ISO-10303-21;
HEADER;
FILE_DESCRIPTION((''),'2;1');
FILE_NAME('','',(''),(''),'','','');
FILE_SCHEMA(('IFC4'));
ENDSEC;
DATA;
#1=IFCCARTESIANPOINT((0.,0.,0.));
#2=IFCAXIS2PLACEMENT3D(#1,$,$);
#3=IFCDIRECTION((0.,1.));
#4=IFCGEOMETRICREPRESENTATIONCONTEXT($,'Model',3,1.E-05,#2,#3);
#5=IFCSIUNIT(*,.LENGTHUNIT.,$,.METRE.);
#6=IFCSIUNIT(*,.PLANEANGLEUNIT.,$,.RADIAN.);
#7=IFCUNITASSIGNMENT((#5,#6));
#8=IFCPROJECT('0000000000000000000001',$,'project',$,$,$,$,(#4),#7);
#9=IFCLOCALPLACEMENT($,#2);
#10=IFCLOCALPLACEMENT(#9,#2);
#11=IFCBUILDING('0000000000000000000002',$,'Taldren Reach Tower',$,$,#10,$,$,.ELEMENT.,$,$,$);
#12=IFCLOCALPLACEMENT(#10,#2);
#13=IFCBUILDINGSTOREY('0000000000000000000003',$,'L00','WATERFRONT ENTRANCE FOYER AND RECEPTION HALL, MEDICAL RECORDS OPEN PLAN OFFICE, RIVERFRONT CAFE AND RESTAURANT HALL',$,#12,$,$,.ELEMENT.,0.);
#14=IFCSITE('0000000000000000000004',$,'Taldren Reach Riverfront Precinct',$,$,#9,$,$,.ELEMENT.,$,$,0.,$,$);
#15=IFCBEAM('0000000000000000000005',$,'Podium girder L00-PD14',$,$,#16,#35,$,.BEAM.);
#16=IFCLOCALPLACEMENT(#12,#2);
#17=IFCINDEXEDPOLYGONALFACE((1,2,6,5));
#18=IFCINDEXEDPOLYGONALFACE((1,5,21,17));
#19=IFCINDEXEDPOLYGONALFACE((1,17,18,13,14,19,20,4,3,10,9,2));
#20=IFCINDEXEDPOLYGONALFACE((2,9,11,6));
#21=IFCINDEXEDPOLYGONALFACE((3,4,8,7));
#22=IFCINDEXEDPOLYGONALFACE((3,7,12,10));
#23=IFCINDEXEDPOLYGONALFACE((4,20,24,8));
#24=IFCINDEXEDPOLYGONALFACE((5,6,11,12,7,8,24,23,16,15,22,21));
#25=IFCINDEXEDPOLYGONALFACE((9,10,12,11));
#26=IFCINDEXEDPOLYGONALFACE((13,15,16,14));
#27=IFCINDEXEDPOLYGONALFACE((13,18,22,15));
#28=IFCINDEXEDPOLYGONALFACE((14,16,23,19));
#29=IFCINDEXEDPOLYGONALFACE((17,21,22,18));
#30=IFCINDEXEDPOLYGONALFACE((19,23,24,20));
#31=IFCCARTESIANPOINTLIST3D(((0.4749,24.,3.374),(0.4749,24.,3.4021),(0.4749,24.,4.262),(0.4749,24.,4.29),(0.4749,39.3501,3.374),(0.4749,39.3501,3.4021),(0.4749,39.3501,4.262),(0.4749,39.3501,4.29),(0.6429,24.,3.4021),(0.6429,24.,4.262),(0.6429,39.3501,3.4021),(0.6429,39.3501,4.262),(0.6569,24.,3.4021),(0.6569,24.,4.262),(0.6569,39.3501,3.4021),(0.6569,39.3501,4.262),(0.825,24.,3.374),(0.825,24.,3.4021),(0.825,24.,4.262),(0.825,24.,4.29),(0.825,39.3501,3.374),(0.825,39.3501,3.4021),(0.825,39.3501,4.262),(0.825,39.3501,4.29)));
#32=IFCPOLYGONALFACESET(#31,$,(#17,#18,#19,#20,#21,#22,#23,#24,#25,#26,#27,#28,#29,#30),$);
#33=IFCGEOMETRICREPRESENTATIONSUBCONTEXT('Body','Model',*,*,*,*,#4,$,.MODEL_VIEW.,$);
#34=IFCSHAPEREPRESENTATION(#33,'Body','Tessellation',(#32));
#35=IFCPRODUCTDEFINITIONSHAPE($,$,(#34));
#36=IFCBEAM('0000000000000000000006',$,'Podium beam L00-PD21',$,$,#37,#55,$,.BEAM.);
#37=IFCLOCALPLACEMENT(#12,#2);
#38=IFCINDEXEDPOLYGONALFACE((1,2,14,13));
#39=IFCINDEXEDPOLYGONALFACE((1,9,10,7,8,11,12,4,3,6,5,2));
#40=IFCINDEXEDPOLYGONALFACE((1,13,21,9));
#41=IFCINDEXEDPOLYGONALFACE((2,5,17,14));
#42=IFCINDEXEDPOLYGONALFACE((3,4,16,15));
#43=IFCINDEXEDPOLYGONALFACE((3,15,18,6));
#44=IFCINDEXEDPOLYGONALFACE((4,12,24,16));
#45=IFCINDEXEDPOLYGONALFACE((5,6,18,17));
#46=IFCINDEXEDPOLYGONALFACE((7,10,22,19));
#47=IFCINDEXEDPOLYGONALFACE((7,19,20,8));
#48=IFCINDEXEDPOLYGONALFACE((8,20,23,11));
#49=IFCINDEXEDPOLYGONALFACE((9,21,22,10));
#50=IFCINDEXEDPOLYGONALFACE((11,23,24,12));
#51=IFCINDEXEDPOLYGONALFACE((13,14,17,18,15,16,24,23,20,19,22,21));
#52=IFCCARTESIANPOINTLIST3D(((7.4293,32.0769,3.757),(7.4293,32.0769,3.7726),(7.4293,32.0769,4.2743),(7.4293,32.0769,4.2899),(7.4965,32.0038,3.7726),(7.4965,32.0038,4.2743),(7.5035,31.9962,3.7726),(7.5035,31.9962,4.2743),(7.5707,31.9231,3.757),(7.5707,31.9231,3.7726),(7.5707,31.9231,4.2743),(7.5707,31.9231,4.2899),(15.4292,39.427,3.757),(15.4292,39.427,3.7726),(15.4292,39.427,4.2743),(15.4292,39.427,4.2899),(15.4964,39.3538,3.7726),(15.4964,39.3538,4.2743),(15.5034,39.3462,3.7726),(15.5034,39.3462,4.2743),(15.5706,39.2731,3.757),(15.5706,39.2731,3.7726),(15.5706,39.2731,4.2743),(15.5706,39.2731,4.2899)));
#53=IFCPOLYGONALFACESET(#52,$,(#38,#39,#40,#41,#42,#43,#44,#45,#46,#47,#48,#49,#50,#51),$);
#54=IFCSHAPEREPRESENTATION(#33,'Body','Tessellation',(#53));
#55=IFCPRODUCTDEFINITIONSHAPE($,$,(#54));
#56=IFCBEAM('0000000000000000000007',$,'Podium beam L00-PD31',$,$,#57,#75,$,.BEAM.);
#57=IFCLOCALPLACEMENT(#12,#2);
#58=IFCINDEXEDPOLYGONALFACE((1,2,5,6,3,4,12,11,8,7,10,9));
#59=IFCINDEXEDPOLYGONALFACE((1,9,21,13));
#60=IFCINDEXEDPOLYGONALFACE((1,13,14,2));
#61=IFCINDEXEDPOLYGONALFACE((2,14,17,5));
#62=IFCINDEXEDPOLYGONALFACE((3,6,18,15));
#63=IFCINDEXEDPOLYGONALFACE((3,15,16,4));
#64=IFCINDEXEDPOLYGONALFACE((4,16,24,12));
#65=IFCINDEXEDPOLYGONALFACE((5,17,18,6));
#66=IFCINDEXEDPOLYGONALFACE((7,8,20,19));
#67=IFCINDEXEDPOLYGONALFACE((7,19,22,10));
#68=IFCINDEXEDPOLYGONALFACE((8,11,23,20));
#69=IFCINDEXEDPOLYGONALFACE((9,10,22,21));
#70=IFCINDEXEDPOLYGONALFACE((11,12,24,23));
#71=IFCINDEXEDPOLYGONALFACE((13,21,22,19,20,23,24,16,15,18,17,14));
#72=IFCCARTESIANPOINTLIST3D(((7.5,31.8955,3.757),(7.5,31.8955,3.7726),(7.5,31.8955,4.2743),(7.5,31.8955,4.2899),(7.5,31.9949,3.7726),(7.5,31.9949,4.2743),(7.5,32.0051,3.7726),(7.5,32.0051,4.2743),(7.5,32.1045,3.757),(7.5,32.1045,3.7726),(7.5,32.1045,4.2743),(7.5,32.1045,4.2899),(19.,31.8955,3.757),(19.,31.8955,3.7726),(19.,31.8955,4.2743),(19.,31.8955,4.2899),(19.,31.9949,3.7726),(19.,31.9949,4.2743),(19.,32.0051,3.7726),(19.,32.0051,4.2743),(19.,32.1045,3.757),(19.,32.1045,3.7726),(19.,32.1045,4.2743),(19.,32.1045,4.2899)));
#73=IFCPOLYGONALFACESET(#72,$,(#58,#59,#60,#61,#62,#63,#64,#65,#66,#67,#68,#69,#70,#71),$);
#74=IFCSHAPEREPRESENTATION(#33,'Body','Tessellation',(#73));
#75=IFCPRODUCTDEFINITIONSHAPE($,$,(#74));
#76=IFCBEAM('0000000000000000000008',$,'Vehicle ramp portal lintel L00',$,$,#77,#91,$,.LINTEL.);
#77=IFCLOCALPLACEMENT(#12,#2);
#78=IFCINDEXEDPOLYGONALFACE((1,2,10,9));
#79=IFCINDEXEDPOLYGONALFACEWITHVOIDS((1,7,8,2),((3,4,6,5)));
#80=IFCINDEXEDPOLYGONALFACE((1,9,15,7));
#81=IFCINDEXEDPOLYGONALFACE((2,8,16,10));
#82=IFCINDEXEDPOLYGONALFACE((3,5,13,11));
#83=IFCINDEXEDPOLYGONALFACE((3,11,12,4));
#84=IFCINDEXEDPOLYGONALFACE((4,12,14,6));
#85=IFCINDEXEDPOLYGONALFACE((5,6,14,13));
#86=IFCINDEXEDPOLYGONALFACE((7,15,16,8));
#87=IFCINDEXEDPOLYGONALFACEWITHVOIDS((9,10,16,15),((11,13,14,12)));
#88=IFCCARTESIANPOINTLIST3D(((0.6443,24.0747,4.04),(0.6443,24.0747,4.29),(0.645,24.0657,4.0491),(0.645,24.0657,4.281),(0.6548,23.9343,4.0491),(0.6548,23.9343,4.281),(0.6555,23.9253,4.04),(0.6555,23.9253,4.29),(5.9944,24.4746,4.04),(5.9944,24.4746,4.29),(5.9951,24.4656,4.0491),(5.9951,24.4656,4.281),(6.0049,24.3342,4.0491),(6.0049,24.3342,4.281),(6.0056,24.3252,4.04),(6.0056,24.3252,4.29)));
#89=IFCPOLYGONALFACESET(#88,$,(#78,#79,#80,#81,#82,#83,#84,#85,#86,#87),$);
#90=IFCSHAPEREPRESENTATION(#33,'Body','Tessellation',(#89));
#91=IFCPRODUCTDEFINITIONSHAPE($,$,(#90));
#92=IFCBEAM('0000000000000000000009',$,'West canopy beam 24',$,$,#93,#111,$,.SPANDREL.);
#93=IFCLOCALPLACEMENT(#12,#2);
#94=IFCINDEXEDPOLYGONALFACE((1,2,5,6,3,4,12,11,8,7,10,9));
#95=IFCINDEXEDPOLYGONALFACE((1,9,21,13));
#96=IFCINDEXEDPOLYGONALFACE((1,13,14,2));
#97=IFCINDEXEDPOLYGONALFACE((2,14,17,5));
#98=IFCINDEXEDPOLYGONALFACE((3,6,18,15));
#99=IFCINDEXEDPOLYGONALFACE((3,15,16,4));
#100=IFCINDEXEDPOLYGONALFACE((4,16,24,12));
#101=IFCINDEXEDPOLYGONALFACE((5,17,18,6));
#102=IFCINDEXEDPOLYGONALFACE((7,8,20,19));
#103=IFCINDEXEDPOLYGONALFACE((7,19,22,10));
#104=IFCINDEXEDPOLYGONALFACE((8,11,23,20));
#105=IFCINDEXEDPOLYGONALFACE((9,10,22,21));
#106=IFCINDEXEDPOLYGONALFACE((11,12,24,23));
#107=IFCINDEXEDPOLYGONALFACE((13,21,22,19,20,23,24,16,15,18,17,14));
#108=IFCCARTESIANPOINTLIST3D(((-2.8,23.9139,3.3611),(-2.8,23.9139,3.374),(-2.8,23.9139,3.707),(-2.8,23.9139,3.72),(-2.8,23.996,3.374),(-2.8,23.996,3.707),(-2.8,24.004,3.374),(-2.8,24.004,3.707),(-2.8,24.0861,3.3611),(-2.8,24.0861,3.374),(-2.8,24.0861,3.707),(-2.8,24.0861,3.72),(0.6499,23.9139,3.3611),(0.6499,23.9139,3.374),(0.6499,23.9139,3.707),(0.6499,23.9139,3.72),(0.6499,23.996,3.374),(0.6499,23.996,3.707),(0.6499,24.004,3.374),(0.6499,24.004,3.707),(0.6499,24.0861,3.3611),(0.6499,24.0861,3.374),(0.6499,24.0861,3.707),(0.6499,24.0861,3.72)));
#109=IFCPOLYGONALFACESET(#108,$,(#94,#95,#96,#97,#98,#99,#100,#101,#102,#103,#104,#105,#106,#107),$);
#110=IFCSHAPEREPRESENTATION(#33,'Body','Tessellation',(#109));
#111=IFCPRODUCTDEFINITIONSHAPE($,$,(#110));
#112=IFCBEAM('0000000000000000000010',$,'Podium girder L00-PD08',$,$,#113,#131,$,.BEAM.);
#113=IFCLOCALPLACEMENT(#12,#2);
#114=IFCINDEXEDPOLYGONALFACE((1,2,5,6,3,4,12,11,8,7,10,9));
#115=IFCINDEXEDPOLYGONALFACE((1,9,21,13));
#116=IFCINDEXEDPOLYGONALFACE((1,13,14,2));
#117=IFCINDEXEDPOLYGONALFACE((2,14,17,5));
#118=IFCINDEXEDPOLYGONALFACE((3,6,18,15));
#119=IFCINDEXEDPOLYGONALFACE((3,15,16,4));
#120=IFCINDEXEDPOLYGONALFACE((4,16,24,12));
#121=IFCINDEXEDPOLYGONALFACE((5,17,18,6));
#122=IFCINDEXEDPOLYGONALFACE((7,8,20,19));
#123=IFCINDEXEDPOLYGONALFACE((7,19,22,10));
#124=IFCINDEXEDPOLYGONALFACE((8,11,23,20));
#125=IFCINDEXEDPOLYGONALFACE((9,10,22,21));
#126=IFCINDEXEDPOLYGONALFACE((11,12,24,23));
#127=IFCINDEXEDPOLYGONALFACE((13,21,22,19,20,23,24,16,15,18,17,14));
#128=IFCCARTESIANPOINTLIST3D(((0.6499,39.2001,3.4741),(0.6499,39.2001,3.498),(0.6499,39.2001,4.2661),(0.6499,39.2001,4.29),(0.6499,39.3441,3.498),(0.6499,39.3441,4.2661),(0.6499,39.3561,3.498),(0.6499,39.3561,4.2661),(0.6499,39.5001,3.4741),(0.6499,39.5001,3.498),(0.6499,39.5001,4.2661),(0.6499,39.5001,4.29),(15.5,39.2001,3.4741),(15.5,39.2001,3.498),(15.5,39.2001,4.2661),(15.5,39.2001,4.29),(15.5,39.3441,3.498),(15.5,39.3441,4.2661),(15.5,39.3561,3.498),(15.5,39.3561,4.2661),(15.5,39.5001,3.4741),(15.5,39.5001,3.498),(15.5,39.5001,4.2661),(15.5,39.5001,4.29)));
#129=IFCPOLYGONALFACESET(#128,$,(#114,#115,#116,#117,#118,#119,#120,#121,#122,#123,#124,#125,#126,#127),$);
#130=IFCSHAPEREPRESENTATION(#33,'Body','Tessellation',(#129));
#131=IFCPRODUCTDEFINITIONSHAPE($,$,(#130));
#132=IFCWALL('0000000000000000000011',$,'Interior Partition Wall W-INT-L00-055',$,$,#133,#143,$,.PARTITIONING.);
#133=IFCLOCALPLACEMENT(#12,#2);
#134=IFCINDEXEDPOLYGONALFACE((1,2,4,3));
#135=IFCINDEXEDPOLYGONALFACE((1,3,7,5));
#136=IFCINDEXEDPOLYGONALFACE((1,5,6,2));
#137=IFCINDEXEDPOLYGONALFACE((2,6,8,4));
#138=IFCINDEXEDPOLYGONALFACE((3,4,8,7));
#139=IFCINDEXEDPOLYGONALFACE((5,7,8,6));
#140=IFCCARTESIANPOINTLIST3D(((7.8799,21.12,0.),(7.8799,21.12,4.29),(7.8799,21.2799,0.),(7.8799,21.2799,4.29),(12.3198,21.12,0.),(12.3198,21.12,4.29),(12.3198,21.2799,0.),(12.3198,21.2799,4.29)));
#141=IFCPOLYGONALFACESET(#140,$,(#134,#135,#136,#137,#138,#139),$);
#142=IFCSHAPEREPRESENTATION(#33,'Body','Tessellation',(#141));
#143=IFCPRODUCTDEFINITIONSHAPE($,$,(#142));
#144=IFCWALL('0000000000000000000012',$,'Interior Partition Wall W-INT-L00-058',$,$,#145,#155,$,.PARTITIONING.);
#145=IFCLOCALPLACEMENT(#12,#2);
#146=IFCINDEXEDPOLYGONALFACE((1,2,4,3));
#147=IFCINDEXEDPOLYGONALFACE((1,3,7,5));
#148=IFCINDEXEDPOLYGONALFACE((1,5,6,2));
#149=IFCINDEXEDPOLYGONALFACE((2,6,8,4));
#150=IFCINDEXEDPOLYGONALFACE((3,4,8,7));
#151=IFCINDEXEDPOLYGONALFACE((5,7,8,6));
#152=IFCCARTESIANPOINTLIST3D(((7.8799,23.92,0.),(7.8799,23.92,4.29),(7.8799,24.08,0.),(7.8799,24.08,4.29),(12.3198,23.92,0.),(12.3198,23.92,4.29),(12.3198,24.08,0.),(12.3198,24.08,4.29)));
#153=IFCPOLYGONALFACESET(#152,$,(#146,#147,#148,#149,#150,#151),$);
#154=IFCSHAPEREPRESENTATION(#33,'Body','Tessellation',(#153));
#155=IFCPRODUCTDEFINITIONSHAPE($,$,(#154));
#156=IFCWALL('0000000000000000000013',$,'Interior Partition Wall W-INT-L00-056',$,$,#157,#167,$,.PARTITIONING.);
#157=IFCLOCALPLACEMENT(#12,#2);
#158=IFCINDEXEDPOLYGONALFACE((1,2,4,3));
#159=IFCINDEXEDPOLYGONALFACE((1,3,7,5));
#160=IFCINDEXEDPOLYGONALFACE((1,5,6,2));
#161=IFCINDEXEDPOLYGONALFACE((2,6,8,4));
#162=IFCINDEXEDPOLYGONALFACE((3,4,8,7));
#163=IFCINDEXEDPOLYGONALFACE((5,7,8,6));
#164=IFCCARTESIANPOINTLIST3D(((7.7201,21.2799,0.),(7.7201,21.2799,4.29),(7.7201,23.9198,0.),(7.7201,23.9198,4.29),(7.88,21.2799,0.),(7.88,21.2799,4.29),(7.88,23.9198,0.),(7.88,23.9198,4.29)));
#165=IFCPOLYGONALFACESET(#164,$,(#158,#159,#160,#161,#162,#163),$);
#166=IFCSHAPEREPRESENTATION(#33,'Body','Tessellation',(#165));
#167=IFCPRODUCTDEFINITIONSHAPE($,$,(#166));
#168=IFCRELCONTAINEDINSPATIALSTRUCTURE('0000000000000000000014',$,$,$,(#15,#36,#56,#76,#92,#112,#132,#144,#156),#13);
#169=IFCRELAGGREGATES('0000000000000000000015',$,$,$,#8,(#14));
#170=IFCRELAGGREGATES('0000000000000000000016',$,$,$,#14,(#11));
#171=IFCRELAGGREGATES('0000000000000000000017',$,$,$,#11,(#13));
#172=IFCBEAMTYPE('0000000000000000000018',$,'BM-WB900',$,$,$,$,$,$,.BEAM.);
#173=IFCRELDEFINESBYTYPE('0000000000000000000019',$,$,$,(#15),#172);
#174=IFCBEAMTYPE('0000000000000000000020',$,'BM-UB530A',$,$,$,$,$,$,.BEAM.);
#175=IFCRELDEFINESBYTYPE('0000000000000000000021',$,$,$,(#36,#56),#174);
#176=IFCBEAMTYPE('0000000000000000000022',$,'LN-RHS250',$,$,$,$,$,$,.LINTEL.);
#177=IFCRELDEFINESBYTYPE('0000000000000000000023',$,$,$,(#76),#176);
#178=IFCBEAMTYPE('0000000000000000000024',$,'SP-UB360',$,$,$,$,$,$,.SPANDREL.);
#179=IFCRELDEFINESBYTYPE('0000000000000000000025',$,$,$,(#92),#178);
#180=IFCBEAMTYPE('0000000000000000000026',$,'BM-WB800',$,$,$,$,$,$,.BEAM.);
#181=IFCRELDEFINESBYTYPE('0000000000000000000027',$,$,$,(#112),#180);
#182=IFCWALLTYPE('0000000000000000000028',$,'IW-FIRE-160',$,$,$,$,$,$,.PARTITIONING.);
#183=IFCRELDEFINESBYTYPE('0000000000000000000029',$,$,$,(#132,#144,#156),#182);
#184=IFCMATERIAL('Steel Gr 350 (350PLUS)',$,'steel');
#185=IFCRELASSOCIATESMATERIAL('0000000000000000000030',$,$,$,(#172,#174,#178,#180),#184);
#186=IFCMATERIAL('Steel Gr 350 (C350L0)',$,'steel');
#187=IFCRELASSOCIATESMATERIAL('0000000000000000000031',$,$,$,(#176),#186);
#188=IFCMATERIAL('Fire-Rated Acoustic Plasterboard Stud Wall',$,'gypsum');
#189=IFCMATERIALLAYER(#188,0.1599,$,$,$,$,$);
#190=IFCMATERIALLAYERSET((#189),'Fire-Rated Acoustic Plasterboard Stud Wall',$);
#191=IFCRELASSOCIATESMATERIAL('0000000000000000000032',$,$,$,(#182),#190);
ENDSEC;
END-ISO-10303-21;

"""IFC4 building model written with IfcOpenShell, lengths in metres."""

from ifc_helpers import new_model, si_unit, direction, frame, frame_2d, origin, origin_2d, place, context, subcontext, project, spatial, rectangle, hollow_rectangle, i_section, extrude, source, transform, mapped, material, layer, layer_set, material_profile, profile_set, type_object, element, save


model = new_model("IFC4")

# Units and contexts
model_context = context("Model", 3, precision=1e-05, world=origin(), true_north=direction((0.0, 1.0)))
body_context = subcontext(model_context, "Body", "Model", "MODEL_VIEW")
ifc_project = project(units=[si_unit("LENGTHUNIT", "METRE"), si_unit("PLANEANGLEUNIT", "RADIAN")], contexts=[model_context])

# Site, building, storey
site_placement = place(None, origin())
site = spatial("IfcSite", under=ifc_project, at=site_placement, Name="Taldren Reach Riverfront Precinct", CompositionType="ELEMENT", RefElevation=0.0)
building_placement = place(site_placement, origin())
building = spatial("IfcBuilding", under=site, at=building_placement, Name="Taldren Reach Tower", CompositionType="ELEMENT")
storey_placement = place(building_placement, origin())
storey = spatial("IfcBuildingStorey", under=building, at=storey_placement, Name="L00", Description="WATERFRONT ENTRANCE FOYER AND RECEPTION HALL, MEDICAL RECORDS OPEN PLAN OFFICE, RIVERFRONT CAFE AND RESTAURANT HALL", CompositionType="ELEMENT", Elevation=0.0)

# Shared definitions
ifc_material_1 = material(Name="Steel Gr 350 (350PLUS)", Category="steel")

# Beams
ifc_material_profile_1 = material_profile(ifc_material_1, i_section(OverallWidth=0.3501, OverallDepth=0.916, WebThickness=0.0139, FlangeThickness=0.0281, at=origin_2d()), Name="900WB257")
ifc_profile_set_1 = profile_set([ifc_material_profile_1], Name="Steel Gr 350 (350PLUS)")
beam_type_1 = type_object("IfcBeamType", Name="BM-WB900", PredefinedType="BEAM", material=ifc_profile_set_1)
shared_shape_1 = source(origin(), body_context, "Body", "SweptSolid", [
    extrude(i_section(OverallWidth=0.3501, OverallDepth=0.916, WebThickness=0.0139, FlangeThickness=0.0281, at=origin_2d()), origin(), (0.0, 0.0, 1.0), 15.3501),
])
beam_1_placement = place(storey_placement, frame((0.6499, 24.0, 3.832), z_axis=(0.0, 1.0, 0.0), x_axis=(-1.0, 0.0, 0.0)))
element("IfcBeam", 1, at=beam_1_placement, inside=storey, type_object=beam_type_1, Name="Podium girder L00-PD14", PredefinedType="BEAM", context=body_context, shape_type="MappedRepresentation", body=[
    mapped(shared_shape_1, transform((0.0, 0.0, 0.0), scale=1.0)),
])
ifc_material_profile_2 = material_profile(ifc_material_1, i_section(OverallWidth=0.209, OverallDepth=0.533, WebThickness=0.0103, FlangeThickness=0.0156, at=origin_2d()), Name="530UB92.4")
ifc_profile_set_2 = profile_set([ifc_material_profile_2], Name="Steel Gr 350 (350PLUS)")
beam_type_2 = type_object("IfcBeamType", Name="BM-UB530A", PredefinedType="BEAM", material=ifc_profile_set_2)
shared_shape_2 = source(origin(), body_context, "Body", "SweptSolid", [
    extrude(i_section(OverallWidth=0.209, OverallDepth=0.533, WebThickness=0.0103, FlangeThickness=0.0156, at=origin_2d()), origin(), (0.0, 0.0, 1.0), 10.8638),
])
beam_2_placement = place(storey_placement, frame((7.5, 32.0, 4.0234), z_axis=(0.736385, 0.676563, 0.0), x_axis=(-0.676563, 0.736385, 0.0)))
element("IfcBeam", 2, at=beam_2_placement, inside=storey, type_object=beam_type_2, Name="Podium beam L00-PD21", PredefinedType="BEAM", context=body_context, shape_type="MappedRepresentation", body=[
    mapped(shared_shape_2, transform((0.0, 0.0, 0.0), scale=1.0)),
])
shared_shape_3 = source(origin(), body_context, "Body", "SweptSolid", [
    extrude(i_section(OverallWidth=0.209, OverallDepth=0.533, WebThickness=0.0103, FlangeThickness=0.0156, at=origin_2d()), origin(), (0.0, 0.0, 1.0), 11.5),
])
beam_3_placement = place(storey_placement, frame((7.5, 32.0, 4.0234), z_axis=(1.0, 0.0, 0.0), x_axis=(0.0, 1.0, 0.0)))
element("IfcBeam", 3, at=beam_3_placement, inside=storey, type_object=beam_type_2, Name="Podium beam L00-PD31", PredefinedType="BEAM", context=body_context, shape_type="MappedRepresentation", body=[
    mapped(shared_shape_3, transform((0.0, 0.0, 0.0), scale=1.0)),
])
ifc_material_2 = material(Name="Steel Gr 350 (C350L0)", Category="steel")
ifc_material_profile_3 = material_profile(ifc_material_2, hollow_rectangle(XDim=0.1499, YDim=0.25, WallThickness=0.009, at=origin_2d()), Name="250x150x9.0RHS")
ifc_profile_set_3 = profile_set([ifc_material_profile_3], Name="Steel Gr 350 (C350L0)")
beam_type_3 = type_object("IfcBeamType", Name="LN-RHS250", PredefinedType="LINTEL", material=ifc_profile_set_3)
shared_shape_4 = source(origin(), body_context, "Body", "SweptSolid", [
    extrude(hollow_rectangle(XDim=0.1499, YDim=0.25, WallThickness=0.009, at=origin_2d()), origin(), (0.0, 0.0, 1.0), 5.365),
])
beam_4_placement = place(storey_placement, frame((0.6499, 24.0, 4.165), z_axis=(0.997218, 0.074539, 0.0), x_axis=(-0.074539, 0.997218, 0.0)))
element("IfcBeam", 4, at=beam_4_placement, inside=storey, type_object=beam_type_3, Name="Vehicle ramp portal lintel L00", PredefinedType="LINTEL", context=body_context, shape_type="MappedRepresentation", body=[
    mapped(shared_shape_4, transform((0.0, 0.0, 0.0), scale=1.0)),
])
ifc_material_profile_4 = material_profile(ifc_material_1, i_section(OverallWidth=0.1721, OverallDepth=0.3589, WebThickness=0.0081, FlangeThickness=0.0129, at=origin_2d()), Name="360UB56.7")
ifc_profile_set_4 = profile_set([ifc_material_profile_4], Name="Steel Gr 350 (350PLUS)")
beam_type_4 = type_object("IfcBeamType", Name="SP-UB360", PredefinedType="SPANDREL", material=ifc_profile_set_4)
shared_shape_5 = source(origin(), body_context, "Body", "SweptSolid", [
    extrude(i_section(OverallWidth=0.1721, OverallDepth=0.3589, WebThickness=0.0081, FlangeThickness=0.0129, at=origin_2d()), origin(), (0.0, 0.0, 1.0), 3.45),
])
beam_5_placement = place(storey_placement, frame((0.6499, 24.0, 3.5405), z_axis=(-1.0, 0.0, 0.0), x_axis=(0.0, -1.0, 0.0)))
element("IfcBeam", 5, at=beam_5_placement, inside=storey, type_object=beam_type_4, Name="West canopy beam 24", PredefinedType="SPANDREL", context=body_context, shape_type="MappedRepresentation", body=[
    mapped(shared_shape_5, transform((0.0, 0.0, 0.0), scale=1.0)),
])
ifc_material_profile_5 = material_profile(ifc_material_1, i_section(OverallWidth=0.3, OverallDepth=0.8159, WebThickness=0.012, FlangeThickness=0.0239, at=origin_2d()), Name="800WB192")
ifc_profile_set_5 = profile_set([ifc_material_profile_5], Name="Steel Gr 350 (350PLUS)")
beam_type_5 = type_object("IfcBeamType", Name="BM-WB800", PredefinedType="BEAM", material=ifc_profile_set_5)
shared_shape_6 = source(origin(), body_context, "Body", "SweptSolid", [
    extrude(i_section(OverallWidth=0.3, OverallDepth=0.8159, WebThickness=0.012, FlangeThickness=0.0239, at=origin_2d()), origin(), (0.0, 0.0, 1.0), 14.8501),
])
beam_6_placement = place(storey_placement, frame((0.6499, 39.3501, 3.8821), z_axis=(1.0, 0.0, 0.0), x_axis=(0.0, 1.0, 0.0)))
element("IfcBeam", 6, at=beam_6_placement, inside=storey, type_object=beam_type_5, Name="Podium girder L00-PD08", PredefinedType="BEAM", context=body_context, shape_type="MappedRepresentation", body=[
    mapped(shared_shape_6, transform((0.0, 0.0, 0.0), scale=1.0)),
])

# Walls
ifc_material_3 = material(Name="Fire-Rated Acoustic Plasterboard Stud Wall", Category="gypsum")
ifc_layer_1 = layer(ifc_material_3, 0.1599)
ifc_layer_set_1 = layer_set([ifc_layer_1], Name="Fire-Rated Acoustic Plasterboard Stud Wall")
wall_type_1 = type_object("IfcWallType", Name="IW-FIRE-160", PredefinedType="PARTITIONING", material=ifc_layer_set_1)
shared_shape_7 = source(origin(), body_context, "Body", "SweptSolid", [
    extrude(rectangle(XDim=4.4399, YDim=0.1599, at=frame_2d((2.22, 0.0))), origin(), (0.0, 0.0, 1.0), 4.29),
])
for number, where, z_axis, x_axis, name in (
    (7, (12.3198, 21.2, 0.0), (0.0, 0.0, 1.0), (-1.0, 0.0, 0.0), "Interior Partition Wall W-INT-L00-055"),
    (8, (7.8799, 24.0, 0.0), (0.0, 0.0, 1.0), (1.0, 0.0, 0.0), "Interior Partition Wall W-INT-L00-058"),
):
    element("IfcWall", number, at=place(storey_placement, frame(where, z_axis=z_axis, x_axis=x_axis)), inside=storey, type_object=wall_type_1, Name=name, PredefinedType="PARTITIONING", context=body_context, shape_type="MappedRepresentation", body=[
        mapped(shared_shape_7, transform((0.0, 0.0, 0.0), scale=1.0)),
    ])
shared_shape_8 = source(origin(), body_context, "Body", "SweptSolid", [
    extrude(rectangle(XDim=2.6399, YDim=0.1599, at=frame_2d((1.3198, 0.0))), origin(), (0.0, 0.0, 1.0), 4.29),
])
wall_1_placement = place(storey_placement, frame((7.8, 21.28, 0.0), z_axis=(0.0, 0.0, 1.0), x_axis=(0.0, 1.0, 0.0)))
element("IfcWall", 9, at=wall_1_placement, inside=storey, type_object=wall_type_1, Name="Interior Partition Wall W-INT-L00-056", PredefinedType="PARTITIONING", context=body_context, shape_type="MappedRepresentation", body=[
    mapped(shared_shape_8, transform((0.0, 0.0, 0.0), scale=1.0)),
])

save(model, "model.ifc")
